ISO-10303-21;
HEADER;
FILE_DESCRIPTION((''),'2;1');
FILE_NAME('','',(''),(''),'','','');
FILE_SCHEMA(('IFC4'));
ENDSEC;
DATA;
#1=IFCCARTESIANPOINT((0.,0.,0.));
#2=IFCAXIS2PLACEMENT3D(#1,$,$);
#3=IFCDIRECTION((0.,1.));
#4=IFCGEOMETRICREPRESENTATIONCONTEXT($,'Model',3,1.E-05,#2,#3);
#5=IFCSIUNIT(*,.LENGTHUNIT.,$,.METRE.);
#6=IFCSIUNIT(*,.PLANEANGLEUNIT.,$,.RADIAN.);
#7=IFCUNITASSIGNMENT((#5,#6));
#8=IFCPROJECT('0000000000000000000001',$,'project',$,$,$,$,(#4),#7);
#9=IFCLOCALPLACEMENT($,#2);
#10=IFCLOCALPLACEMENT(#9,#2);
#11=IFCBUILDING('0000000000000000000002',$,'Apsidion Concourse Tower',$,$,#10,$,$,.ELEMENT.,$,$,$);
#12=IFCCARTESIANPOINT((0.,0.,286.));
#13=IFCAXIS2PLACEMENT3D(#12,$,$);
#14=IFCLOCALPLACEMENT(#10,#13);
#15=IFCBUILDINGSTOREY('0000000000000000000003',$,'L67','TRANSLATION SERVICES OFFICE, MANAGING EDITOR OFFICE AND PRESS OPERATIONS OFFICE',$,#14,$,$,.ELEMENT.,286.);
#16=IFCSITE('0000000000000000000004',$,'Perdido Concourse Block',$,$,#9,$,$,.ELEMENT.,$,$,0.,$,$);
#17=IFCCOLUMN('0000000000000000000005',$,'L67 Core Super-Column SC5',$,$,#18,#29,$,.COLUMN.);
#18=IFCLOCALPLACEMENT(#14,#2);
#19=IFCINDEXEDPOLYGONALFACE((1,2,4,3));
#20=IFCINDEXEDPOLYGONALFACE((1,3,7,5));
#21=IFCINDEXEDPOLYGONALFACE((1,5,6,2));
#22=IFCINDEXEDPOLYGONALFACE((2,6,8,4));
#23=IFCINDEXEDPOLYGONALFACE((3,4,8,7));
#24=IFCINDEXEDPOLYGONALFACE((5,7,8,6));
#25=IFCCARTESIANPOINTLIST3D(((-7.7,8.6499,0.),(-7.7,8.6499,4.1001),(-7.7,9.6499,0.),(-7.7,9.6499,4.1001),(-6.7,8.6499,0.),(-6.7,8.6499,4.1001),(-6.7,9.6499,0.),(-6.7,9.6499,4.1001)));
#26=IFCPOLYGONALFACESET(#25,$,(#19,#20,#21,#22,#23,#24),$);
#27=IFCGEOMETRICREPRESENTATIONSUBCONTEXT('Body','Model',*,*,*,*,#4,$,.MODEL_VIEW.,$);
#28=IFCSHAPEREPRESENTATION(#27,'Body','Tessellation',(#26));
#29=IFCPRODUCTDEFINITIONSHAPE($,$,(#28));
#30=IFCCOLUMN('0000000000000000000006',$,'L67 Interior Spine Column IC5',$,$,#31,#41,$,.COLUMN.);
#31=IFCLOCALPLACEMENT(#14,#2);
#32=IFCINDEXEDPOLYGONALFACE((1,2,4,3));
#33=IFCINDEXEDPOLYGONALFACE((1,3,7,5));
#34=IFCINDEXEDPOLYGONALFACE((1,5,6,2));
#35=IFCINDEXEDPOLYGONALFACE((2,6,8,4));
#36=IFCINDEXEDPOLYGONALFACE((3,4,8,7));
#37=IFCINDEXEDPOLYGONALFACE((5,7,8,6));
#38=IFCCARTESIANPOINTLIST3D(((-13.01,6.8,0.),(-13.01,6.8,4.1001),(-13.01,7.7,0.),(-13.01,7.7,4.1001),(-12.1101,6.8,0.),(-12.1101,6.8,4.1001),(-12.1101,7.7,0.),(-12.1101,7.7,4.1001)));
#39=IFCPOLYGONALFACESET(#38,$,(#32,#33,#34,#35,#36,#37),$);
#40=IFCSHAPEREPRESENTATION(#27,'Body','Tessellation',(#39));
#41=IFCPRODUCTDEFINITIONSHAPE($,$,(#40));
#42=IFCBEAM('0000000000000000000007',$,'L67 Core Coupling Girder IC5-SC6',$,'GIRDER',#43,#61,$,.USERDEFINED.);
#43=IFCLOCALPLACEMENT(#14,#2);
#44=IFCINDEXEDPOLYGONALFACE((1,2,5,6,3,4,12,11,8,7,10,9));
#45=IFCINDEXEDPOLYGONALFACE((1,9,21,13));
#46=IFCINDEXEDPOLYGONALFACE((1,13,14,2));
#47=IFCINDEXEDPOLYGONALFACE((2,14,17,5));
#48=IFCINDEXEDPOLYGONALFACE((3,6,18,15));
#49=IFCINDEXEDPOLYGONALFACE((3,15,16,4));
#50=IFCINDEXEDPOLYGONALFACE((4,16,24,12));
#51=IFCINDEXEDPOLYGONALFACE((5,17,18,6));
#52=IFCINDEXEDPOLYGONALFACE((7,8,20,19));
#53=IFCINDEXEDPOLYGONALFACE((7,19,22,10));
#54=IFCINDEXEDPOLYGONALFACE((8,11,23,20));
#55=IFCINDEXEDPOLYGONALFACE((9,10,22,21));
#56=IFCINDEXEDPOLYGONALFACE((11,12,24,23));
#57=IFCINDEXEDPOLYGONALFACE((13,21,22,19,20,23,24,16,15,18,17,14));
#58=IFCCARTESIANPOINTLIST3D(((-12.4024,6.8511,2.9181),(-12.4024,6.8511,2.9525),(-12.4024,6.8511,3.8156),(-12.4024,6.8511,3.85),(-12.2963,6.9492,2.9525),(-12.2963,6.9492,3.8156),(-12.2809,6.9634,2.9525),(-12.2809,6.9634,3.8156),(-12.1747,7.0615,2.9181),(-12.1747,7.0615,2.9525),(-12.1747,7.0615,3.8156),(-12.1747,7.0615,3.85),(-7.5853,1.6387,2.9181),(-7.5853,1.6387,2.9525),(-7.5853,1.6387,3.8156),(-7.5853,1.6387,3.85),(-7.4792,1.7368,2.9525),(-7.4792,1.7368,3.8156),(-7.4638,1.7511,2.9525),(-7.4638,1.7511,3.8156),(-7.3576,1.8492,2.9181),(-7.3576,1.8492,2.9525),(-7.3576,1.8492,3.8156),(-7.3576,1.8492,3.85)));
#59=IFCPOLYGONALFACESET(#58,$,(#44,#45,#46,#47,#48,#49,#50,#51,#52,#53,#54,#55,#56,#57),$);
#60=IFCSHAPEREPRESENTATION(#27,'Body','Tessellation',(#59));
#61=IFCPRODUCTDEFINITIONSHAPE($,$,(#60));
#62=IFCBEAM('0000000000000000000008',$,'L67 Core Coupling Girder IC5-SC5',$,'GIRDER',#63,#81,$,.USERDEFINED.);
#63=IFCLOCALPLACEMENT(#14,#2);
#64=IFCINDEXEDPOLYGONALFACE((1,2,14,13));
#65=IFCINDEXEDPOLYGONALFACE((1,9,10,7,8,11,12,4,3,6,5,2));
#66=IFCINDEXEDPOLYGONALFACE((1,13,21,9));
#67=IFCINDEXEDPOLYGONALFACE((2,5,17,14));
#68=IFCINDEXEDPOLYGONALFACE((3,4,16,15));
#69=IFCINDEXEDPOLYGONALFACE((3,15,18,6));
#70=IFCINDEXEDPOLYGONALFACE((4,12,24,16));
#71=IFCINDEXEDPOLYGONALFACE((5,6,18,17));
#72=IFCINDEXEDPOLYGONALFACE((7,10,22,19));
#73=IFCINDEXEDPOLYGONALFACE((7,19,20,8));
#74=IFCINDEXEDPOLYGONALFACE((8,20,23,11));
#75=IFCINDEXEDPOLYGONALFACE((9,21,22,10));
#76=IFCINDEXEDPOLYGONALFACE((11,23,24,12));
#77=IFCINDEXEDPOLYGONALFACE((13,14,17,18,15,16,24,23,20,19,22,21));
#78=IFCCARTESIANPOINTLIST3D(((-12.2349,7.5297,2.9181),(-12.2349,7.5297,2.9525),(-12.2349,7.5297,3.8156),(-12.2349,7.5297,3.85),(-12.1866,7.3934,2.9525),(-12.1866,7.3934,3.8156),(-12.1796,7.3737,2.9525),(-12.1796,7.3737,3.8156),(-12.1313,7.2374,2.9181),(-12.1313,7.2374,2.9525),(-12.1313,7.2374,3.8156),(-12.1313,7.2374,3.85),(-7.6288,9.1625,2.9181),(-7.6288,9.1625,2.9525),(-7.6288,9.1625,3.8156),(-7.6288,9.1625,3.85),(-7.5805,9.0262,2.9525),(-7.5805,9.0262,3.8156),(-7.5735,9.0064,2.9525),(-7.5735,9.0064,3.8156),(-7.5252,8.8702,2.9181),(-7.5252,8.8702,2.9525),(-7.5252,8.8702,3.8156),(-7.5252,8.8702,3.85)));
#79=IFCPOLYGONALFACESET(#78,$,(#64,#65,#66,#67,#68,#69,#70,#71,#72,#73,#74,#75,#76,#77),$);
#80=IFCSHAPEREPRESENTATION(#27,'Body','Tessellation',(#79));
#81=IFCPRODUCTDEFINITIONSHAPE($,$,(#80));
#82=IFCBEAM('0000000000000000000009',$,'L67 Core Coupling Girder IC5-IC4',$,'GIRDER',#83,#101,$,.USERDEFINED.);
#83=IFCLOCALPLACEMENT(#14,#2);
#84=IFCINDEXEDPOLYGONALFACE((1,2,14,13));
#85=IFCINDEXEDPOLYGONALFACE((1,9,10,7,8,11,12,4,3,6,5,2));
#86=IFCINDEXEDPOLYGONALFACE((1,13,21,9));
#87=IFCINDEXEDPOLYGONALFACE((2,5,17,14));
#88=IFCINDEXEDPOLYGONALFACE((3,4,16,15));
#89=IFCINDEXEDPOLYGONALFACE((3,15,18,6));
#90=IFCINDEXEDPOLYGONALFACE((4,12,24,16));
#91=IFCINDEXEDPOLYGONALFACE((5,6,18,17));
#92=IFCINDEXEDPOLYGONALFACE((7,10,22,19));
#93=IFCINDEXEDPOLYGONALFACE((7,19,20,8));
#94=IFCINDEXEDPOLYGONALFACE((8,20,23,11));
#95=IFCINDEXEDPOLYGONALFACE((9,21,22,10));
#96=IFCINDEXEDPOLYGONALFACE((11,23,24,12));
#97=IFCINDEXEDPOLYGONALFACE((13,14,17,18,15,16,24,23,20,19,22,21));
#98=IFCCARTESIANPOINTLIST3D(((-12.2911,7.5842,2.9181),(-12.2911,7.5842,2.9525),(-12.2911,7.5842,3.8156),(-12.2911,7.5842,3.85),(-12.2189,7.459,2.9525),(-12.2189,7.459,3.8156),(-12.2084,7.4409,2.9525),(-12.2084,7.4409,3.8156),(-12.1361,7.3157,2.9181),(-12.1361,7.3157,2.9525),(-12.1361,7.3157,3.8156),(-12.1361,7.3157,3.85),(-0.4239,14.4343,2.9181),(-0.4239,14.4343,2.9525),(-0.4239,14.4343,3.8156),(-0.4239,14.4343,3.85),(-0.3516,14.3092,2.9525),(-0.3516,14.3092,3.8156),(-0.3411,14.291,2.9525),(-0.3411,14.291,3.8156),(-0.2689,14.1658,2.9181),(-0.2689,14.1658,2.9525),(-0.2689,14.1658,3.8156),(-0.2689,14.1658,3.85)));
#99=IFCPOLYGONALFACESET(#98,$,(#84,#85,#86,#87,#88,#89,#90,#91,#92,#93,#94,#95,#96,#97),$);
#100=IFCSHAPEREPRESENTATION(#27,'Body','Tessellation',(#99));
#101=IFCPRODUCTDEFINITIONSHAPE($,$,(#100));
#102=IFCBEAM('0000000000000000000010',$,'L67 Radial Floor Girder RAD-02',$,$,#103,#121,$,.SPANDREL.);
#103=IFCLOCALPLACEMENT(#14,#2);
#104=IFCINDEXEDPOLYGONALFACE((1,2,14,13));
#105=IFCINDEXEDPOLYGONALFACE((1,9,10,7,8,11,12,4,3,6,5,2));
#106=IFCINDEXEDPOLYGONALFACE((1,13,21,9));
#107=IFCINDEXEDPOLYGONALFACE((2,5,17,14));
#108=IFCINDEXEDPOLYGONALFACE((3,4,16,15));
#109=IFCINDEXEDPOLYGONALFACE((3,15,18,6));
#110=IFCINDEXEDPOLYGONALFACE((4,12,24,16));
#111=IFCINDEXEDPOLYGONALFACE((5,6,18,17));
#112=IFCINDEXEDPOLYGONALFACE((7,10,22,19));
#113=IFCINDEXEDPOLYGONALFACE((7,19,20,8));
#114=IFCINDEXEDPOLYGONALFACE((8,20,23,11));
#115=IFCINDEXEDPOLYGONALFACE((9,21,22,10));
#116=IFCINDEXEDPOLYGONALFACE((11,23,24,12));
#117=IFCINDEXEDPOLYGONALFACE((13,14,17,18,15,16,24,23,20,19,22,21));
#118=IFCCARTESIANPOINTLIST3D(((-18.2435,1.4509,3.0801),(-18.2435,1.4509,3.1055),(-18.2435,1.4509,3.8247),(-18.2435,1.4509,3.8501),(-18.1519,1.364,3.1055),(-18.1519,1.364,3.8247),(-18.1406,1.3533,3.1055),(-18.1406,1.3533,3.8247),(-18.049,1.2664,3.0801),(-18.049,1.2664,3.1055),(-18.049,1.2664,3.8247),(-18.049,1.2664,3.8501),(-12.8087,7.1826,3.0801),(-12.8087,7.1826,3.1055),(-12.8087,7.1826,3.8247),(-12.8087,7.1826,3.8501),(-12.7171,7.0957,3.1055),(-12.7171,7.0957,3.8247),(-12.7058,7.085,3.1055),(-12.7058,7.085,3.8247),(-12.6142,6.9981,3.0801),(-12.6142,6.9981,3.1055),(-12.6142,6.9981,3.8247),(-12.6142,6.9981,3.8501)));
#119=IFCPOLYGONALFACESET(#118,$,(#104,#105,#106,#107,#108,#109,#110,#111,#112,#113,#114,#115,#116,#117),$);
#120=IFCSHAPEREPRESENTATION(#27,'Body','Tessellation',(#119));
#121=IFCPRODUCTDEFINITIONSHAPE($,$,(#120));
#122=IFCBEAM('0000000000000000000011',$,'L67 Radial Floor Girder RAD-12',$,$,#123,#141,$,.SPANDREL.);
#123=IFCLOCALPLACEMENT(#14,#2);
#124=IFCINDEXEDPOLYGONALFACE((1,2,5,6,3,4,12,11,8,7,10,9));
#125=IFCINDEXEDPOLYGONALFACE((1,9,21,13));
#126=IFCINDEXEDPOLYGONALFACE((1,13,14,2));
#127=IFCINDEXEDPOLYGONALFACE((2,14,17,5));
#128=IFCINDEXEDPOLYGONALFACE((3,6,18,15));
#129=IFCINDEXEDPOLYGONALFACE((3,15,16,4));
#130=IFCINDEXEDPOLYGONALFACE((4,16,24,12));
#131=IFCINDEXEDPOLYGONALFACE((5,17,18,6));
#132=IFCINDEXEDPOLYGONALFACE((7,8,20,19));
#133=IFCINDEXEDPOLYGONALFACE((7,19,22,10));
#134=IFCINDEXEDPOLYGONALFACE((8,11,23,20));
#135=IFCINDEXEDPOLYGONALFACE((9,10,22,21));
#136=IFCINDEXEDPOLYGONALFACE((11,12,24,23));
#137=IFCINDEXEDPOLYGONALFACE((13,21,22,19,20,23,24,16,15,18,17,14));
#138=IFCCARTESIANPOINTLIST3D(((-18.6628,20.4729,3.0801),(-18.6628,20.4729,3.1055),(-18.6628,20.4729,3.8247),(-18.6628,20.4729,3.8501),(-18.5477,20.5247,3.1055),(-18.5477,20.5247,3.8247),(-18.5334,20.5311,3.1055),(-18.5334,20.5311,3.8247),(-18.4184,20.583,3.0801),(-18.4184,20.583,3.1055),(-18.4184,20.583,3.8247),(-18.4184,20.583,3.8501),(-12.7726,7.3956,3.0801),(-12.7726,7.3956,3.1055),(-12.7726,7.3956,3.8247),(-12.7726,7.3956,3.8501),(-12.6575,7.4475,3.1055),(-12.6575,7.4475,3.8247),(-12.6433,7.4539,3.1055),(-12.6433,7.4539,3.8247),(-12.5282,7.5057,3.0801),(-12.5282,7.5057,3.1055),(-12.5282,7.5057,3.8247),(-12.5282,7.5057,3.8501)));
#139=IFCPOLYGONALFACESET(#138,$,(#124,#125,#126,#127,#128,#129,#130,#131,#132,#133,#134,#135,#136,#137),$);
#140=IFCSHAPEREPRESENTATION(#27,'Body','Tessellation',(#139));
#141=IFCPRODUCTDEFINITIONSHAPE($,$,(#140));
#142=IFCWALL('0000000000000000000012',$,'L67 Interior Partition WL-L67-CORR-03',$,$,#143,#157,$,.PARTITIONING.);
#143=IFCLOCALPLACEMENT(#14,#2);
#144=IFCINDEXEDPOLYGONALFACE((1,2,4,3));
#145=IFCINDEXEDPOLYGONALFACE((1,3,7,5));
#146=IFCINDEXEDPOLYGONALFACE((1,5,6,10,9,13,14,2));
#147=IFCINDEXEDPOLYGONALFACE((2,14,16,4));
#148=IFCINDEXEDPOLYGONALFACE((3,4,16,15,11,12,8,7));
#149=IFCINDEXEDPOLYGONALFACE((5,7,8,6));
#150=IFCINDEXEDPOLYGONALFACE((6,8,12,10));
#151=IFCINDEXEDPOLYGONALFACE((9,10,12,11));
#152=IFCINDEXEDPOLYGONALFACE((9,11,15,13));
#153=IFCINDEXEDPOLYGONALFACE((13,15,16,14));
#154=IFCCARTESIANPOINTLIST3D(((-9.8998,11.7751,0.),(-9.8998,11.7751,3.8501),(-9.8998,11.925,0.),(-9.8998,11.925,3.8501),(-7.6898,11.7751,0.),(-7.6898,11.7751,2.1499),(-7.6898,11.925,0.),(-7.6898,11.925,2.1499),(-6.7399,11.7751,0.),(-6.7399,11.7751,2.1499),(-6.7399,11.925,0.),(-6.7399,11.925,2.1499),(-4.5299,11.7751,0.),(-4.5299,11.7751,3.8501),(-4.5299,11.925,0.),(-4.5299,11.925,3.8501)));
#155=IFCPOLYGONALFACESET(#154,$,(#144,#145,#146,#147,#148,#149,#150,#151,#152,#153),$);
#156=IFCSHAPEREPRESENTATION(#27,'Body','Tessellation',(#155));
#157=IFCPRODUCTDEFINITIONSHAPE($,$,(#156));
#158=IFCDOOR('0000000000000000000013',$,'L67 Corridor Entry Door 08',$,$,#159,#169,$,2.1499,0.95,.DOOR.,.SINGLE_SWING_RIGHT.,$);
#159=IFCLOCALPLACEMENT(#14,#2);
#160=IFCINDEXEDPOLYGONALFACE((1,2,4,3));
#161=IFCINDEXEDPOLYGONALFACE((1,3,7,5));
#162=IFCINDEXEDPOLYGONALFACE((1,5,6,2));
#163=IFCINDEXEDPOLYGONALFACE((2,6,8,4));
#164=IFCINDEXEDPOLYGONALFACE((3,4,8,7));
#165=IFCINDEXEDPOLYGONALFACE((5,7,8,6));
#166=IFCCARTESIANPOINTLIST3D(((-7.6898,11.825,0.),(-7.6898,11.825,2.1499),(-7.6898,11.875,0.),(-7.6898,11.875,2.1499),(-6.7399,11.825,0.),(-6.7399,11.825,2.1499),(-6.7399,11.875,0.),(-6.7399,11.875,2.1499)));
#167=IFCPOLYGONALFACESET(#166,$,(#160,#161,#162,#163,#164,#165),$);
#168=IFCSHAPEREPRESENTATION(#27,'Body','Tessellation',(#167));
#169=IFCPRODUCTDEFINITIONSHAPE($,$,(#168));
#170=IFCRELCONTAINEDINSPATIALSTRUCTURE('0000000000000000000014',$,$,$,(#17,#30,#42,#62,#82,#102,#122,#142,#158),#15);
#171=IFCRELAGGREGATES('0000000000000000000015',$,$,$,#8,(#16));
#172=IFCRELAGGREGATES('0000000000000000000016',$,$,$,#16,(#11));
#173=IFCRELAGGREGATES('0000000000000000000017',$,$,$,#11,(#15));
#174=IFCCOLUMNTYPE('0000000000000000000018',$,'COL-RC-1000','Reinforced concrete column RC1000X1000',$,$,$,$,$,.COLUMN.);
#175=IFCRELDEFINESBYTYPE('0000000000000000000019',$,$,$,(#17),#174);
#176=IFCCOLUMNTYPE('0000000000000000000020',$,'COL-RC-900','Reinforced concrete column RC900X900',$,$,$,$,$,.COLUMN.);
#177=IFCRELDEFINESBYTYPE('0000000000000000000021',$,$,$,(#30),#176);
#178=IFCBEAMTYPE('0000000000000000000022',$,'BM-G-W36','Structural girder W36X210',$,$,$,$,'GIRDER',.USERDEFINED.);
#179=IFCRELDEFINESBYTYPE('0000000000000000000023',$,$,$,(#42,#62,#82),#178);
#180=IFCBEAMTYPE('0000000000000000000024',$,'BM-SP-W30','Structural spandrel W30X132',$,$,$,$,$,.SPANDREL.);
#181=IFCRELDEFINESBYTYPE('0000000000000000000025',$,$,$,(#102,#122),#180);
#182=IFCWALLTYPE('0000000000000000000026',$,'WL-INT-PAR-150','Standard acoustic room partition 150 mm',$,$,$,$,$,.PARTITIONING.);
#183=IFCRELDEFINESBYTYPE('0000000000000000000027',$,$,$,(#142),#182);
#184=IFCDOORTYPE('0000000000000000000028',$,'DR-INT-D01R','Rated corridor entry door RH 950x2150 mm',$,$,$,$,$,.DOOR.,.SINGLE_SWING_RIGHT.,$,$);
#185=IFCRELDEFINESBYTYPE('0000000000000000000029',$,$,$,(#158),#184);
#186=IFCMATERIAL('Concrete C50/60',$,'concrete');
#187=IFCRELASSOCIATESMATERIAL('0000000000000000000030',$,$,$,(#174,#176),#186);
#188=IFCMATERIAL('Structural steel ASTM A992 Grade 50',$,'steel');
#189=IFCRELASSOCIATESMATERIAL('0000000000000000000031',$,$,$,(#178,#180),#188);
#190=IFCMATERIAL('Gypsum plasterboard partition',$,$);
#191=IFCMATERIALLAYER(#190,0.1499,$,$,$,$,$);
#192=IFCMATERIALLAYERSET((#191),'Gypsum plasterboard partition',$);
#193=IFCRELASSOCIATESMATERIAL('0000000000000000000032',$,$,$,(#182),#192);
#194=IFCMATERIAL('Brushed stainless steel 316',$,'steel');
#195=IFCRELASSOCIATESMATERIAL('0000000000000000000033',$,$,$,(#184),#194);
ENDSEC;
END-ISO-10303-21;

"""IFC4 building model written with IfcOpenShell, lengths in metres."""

from ifc_helpers import new_model, si_unit, direction, frame, frame_2d, origin, origin_2d, place, context, subcontext, project, spatial, rectangle, i_section, extrude, material, layer, layer_set, material_profile, profile_set, type_object, element, fill, save


model = new_model("IFC4")

# Units and contexts
model_context = context("Model", 3, precision=1e-05, world=origin(), true_north=direction((0.0, 1.0)))
body_context = subcontext(model_context, "Body", "Model", "MODEL_VIEW")
ifc_project = project(units=[si_unit("LENGTHUNIT", "METRE"), si_unit("PLANEANGLEUNIT", "RADIAN")], contexts=[model_context])

# Site, building, storey
site_placement = place(None, origin())
site = spatial("IfcSite", under=ifc_project, at=site_placement, Name="Perdido Concourse Block", CompositionType="ELEMENT", RefElevation=0.0)
building_placement = place(site_placement, origin())
building = spatial("IfcBuilding", under=site, at=building_placement, Name="Apsidion Concourse Tower", CompositionType="ELEMENT")
storey_placement = place(building_placement, frame((0.0, 0.0, 286.0)))
storey = spatial("IfcBuildingStorey", under=building, at=storey_placement, Name="L67", Description="TRANSLATION SERVICES OFFICE, MANAGING EDITOR OFFICE AND PRESS OPERATIONS OFFICE", CompositionType="ELEMENT", Elevation=286.0)

# Columns
ifc_material_1 = material(Name="Concrete C50/60", Category="concrete")
ifc_material_profile_1 = material_profile(ifc_material_1, rectangle(XDim=1.0, YDim=1.0, at=origin_2d()), Name="RC 1000x1000")
ifc_profile_set_1 = profile_set([ifc_material_profile_1], Name="Concrete C50/60")
column_type_1 = type_object("IfcColumnType", Name="COL-RC-1000", Description="Reinforced concrete column RC1000X1000", PredefinedType="COLUMN", material=ifc_profile_set_1)
column_1_placement = place(storey_placement, frame((-7.2, 9.1499, 0.0), z_axis=(0.0, 0.0, 1.0), x_axis=(1.0, 0.0, 0.0)))
element("IfcColumn", 1, at=column_1_placement, inside=storey, type_object=column_type_1, Name="L67 Core Super-Column SC5", PredefinedType="COLUMN", context=body_context, shape_type="SweptSolid", body=[
    extrude(rectangle(XDim=1.0, YDim=1.0, at=origin_2d()), origin(), (0.0, 0.0, 1.0), 4.1001),
])
ifc_material_profile_2 = material_profile(ifc_material_1, rectangle(XDim=0.8999, YDim=0.8999, at=origin_2d()), Name="RC 900x900")
ifc_profile_set_2 = profile_set([ifc_material_profile_2], Name="Concrete C50/60")
column_type_2 = type_object("IfcColumnType", Name="COL-RC-900", Description="Reinforced concrete column RC900X900", PredefinedType="COLUMN", material=ifc_profile_set_2)
column_2_placement = place(storey_placement, frame((-12.5601, 7.25, 0.0), z_axis=(0.0, 0.0, 1.0), x_axis=(1.0, 0.0, 0.0)))
element("IfcColumn", 2, at=column_2_placement, inside=storey, type_object=column_type_2, Name="L67 Interior Spine Column IC5", PredefinedType="COLUMN", context=body_context, shape_type="SweptSolid", body=[
    extrude(rectangle(XDim=0.8999, YDim=0.8999, at=origin_2d()), origin(), (0.0, 0.0, 1.0), 4.1001),
])

# Beams
ifc_material_2 = material(Name="Structural steel ASTM A992 Grade 50", Category="steel")
ifc_material_profile_3 = material_profile(ifc_material_2, i_section(OverallWidth=0.3101, OverallDepth=0.9319, WebThickness=0.021, FlangeThickness=0.0344, at=origin_2d()), Name="W36X210")
ifc_profile_set_3 = profile_set([ifc_material_profile_3], Name="Structural steel ASTM A992 Grade 50")
beam_type_1 = type_object("IfcBeamType", Name="BM-G-W36", Description="Structural girder W36X210", ElementType="GIRDER", PredefinedType="USERDEFINED", material=ifc_profile_set_3)
beam_1_placement = place(storey_placement, frame((-12.2886, 6.9563, 3.384), z_axis=(0.678713, -0.734404, 0.0), x_axis=(0.734404, 0.678713, 0.0)))
element("IfcBeam", 3, at=beam_1_placement, inside=storey, type_object=beam_type_1, Name="L67 Core Coupling Girder IC5-SC6", ObjectType="GIRDER", PredefinedType="USERDEFINED", context=body_context, shape_type="SweptSolid", body=[
    extrude(i_section(OverallWidth=0.3101, OverallDepth=0.9319, WebThickness=0.021, FlangeThickness=0.0344, at=origin_2d()), origin(), (0.0, 0.0, 1.0), 7.0974),
])
beam_2_placement = place(storey_placement, frame((-12.1831, 7.3835, 3.384), z_axis=(0.942534, 0.334111, 0.0), x_axis=(-0.334111, 0.942534, 0.0)))
element("IfcBeam", 4, at=beam_2_placement, inside=storey, type_object=beam_type_1, Name="L67 Core Coupling Girder IC5-SC5", ObjectType="GIRDER", PredefinedType="USERDEFINED", context=body_context, shape_type="SweptSolid", body=[
    extrude(i_section(OverallWidth=0.3101, OverallDepth=0.9319, WebThickness=0.021, FlangeThickness=0.0344, at=origin_2d()), origin(), (0.0, 0.0, 1.0), 4.887),
])
beam_3_placement = place(storey_placement, frame((-12.2136, 7.45, 3.384), z_axis=(0.86607, 0.499922, 0.0), x_axis=(-0.499922, 0.86607, 0.0)))
element("IfcBeam", 5, at=beam_3_placement, inside=storey, type_object=beam_type_1, Name="L67 Core Coupling Girder IC5-IC4", ObjectType="GIRDER", PredefinedType="USERDEFINED", context=body_context, shape_type="SweptSolid", body=[
    extrude(i_section(OverallWidth=0.3101, OverallDepth=0.9319, WebThickness=0.021, FlangeThickness=0.0344, at=origin_2d()), origin(), (0.0, 0.0, 1.0), 13.7024),
])
ifc_material_profile_4 = material_profile(ifc_material_2, i_section(OverallWidth=0.2681, OverallDepth=0.77, WebThickness=0.0156, FlangeThickness=0.0254, at=origin_2d()), Name="W30X132")
ifc_profile_set_4 = profile_set([ifc_material_profile_4], Name="Structural steel ASTM A992 Grade 50")
beam_type_2 = type_object("IfcBeamType", Name="BM-SP-W30", Description="Structural spandrel W30X132", PredefinedType="SPANDREL", material=ifc_profile_set_4)
beam_4_placement = place(storey_placement, frame((-12.7114, 7.0903, 3.4651), z_axis=(-0.688064, -0.72565, 0.0), x_axis=(0.72565, -0.688064, 0.0)))
element("IfcBeam", 6, at=beam_4_placement, inside=storey, type_object=beam_type_2, Name="L67 Radial Floor Girder RAD-02", PredefinedType="SPANDREL", context=body_context, shape_type="SweptSolid", body=[
    extrude(i_section(OverallWidth=0.2681, OverallDepth=0.77, WebThickness=0.0156, FlangeThickness=0.0254, at=origin_2d()), origin(), (0.0, 0.0, 1.0), 7.8987),
])
beam_5_placement = place(storey_placement, frame((-12.6504, 7.4507, 3.4651), z_axis=(-0.410679, 0.91178, 0.0), x_axis=(-0.91178, -0.410679, 0.0)))
element("IfcBeam", 7, at=beam_5_placement, inside=storey, type_object=beam_type_2, Name="L67 Radial Floor Girder RAD-12", PredefinedType="SPANDREL", context=body_context, shape_type="SweptSolid", body=[
    extrude(i_section(OverallWidth=0.2681, OverallDepth=0.77, WebThickness=0.0156, FlangeThickness=0.0254, at=origin_2d()), origin(), (0.0, 0.0, 1.0), 14.3425),
])

# Wall, opening, door
ifc_material_3 = material(Name="Gypsum plasterboard partition")
ifc_layer_1 = layer(ifc_material_3, 0.1499)
ifc_layer_set_1 = layer_set([ifc_layer_1], Name="Gypsum plasterboard partition")
wall_type_1 = type_object("IfcWallType", Name="WL-INT-PAR-150", Description="Standard acoustic room partition 150 mm", PredefinedType="PARTITIONING", material=ifc_layer_set_1)
wall_1_placement = place(storey_placement, frame((-9.8999, 11.8501, 0.0), z_axis=(0.0, 0.0, 1.0), x_axis=(1.0, 0.0, 0.0)))
wall_1 = element("IfcWall", 8, at=wall_1_placement, inside=storey, type_object=wall_type_1, Name="L67 Interior Partition WL-L67-CORR-03", PredefinedType="PARTITIONING", context=body_context, shape_type="SweptSolid", body=[
    extrude(rectangle(XDim=5.3699, YDim=0.1499, at=frame_2d((2.6851, 0.0))), origin(), (0.0, 0.0, 1.0), 3.8501),
])
opening_1_placement = place(wall_1_placement, frame((2.21, 0.0, 0.0)))
opening_1 = element("IfcOpeningElement", 9, at=opening_1_placement, cuts=wall_1, PredefinedType="OPENING", context=body_context, shape_type="SweptSolid", body=[
    extrude(rectangle(XDim=0.95, YDim=2.1499, at=frame_2d((0.4751, 1.075))), frame((0.0, 0.085, 0.0), z_axis=(0.0, -1.0, 0.0), x_axis=(1.0, 0.0, 0.0)), (0.0, 0.0, 1.0), 0.1699),
])
ifc_material_4 = material(Name="Brushed stainless steel 316", Category="steel")
door_type_1 = type_object("IfcDoorType", Name="DR-INT-D01R", Description="Rated corridor entry door RH 950x2150 mm", OperationType="SINGLE_SWING_RIGHT", PredefinedType="DOOR", material=ifc_material_4)
door_1_placement = place(opening_1_placement, origin())
door_1 = element("IfcDoor", 10, at=door_1_placement, inside=storey, type_object=door_type_1, Name="L67 Corridor Entry Door 08", OperationType="SINGLE_SWING_RIGHT", OverallHeight=2.1499, OverallWidth=0.95, PredefinedType="DOOR", context=body_context, shape_type="SweptSolid", body=[
    extrude(rectangle(XDim=0.95, YDim=2.1499, at=frame_2d((0.4751, 1.075))), frame((0.0, 0.0249, 0.0), z_axis=(0.0, -1.0, 0.0), x_axis=(1.0, 0.0, 0.0)), (0.0, 0.0, 1.0), 0.05),
])
fill(opening_1, door_1)

save(model, "model.ifc")
